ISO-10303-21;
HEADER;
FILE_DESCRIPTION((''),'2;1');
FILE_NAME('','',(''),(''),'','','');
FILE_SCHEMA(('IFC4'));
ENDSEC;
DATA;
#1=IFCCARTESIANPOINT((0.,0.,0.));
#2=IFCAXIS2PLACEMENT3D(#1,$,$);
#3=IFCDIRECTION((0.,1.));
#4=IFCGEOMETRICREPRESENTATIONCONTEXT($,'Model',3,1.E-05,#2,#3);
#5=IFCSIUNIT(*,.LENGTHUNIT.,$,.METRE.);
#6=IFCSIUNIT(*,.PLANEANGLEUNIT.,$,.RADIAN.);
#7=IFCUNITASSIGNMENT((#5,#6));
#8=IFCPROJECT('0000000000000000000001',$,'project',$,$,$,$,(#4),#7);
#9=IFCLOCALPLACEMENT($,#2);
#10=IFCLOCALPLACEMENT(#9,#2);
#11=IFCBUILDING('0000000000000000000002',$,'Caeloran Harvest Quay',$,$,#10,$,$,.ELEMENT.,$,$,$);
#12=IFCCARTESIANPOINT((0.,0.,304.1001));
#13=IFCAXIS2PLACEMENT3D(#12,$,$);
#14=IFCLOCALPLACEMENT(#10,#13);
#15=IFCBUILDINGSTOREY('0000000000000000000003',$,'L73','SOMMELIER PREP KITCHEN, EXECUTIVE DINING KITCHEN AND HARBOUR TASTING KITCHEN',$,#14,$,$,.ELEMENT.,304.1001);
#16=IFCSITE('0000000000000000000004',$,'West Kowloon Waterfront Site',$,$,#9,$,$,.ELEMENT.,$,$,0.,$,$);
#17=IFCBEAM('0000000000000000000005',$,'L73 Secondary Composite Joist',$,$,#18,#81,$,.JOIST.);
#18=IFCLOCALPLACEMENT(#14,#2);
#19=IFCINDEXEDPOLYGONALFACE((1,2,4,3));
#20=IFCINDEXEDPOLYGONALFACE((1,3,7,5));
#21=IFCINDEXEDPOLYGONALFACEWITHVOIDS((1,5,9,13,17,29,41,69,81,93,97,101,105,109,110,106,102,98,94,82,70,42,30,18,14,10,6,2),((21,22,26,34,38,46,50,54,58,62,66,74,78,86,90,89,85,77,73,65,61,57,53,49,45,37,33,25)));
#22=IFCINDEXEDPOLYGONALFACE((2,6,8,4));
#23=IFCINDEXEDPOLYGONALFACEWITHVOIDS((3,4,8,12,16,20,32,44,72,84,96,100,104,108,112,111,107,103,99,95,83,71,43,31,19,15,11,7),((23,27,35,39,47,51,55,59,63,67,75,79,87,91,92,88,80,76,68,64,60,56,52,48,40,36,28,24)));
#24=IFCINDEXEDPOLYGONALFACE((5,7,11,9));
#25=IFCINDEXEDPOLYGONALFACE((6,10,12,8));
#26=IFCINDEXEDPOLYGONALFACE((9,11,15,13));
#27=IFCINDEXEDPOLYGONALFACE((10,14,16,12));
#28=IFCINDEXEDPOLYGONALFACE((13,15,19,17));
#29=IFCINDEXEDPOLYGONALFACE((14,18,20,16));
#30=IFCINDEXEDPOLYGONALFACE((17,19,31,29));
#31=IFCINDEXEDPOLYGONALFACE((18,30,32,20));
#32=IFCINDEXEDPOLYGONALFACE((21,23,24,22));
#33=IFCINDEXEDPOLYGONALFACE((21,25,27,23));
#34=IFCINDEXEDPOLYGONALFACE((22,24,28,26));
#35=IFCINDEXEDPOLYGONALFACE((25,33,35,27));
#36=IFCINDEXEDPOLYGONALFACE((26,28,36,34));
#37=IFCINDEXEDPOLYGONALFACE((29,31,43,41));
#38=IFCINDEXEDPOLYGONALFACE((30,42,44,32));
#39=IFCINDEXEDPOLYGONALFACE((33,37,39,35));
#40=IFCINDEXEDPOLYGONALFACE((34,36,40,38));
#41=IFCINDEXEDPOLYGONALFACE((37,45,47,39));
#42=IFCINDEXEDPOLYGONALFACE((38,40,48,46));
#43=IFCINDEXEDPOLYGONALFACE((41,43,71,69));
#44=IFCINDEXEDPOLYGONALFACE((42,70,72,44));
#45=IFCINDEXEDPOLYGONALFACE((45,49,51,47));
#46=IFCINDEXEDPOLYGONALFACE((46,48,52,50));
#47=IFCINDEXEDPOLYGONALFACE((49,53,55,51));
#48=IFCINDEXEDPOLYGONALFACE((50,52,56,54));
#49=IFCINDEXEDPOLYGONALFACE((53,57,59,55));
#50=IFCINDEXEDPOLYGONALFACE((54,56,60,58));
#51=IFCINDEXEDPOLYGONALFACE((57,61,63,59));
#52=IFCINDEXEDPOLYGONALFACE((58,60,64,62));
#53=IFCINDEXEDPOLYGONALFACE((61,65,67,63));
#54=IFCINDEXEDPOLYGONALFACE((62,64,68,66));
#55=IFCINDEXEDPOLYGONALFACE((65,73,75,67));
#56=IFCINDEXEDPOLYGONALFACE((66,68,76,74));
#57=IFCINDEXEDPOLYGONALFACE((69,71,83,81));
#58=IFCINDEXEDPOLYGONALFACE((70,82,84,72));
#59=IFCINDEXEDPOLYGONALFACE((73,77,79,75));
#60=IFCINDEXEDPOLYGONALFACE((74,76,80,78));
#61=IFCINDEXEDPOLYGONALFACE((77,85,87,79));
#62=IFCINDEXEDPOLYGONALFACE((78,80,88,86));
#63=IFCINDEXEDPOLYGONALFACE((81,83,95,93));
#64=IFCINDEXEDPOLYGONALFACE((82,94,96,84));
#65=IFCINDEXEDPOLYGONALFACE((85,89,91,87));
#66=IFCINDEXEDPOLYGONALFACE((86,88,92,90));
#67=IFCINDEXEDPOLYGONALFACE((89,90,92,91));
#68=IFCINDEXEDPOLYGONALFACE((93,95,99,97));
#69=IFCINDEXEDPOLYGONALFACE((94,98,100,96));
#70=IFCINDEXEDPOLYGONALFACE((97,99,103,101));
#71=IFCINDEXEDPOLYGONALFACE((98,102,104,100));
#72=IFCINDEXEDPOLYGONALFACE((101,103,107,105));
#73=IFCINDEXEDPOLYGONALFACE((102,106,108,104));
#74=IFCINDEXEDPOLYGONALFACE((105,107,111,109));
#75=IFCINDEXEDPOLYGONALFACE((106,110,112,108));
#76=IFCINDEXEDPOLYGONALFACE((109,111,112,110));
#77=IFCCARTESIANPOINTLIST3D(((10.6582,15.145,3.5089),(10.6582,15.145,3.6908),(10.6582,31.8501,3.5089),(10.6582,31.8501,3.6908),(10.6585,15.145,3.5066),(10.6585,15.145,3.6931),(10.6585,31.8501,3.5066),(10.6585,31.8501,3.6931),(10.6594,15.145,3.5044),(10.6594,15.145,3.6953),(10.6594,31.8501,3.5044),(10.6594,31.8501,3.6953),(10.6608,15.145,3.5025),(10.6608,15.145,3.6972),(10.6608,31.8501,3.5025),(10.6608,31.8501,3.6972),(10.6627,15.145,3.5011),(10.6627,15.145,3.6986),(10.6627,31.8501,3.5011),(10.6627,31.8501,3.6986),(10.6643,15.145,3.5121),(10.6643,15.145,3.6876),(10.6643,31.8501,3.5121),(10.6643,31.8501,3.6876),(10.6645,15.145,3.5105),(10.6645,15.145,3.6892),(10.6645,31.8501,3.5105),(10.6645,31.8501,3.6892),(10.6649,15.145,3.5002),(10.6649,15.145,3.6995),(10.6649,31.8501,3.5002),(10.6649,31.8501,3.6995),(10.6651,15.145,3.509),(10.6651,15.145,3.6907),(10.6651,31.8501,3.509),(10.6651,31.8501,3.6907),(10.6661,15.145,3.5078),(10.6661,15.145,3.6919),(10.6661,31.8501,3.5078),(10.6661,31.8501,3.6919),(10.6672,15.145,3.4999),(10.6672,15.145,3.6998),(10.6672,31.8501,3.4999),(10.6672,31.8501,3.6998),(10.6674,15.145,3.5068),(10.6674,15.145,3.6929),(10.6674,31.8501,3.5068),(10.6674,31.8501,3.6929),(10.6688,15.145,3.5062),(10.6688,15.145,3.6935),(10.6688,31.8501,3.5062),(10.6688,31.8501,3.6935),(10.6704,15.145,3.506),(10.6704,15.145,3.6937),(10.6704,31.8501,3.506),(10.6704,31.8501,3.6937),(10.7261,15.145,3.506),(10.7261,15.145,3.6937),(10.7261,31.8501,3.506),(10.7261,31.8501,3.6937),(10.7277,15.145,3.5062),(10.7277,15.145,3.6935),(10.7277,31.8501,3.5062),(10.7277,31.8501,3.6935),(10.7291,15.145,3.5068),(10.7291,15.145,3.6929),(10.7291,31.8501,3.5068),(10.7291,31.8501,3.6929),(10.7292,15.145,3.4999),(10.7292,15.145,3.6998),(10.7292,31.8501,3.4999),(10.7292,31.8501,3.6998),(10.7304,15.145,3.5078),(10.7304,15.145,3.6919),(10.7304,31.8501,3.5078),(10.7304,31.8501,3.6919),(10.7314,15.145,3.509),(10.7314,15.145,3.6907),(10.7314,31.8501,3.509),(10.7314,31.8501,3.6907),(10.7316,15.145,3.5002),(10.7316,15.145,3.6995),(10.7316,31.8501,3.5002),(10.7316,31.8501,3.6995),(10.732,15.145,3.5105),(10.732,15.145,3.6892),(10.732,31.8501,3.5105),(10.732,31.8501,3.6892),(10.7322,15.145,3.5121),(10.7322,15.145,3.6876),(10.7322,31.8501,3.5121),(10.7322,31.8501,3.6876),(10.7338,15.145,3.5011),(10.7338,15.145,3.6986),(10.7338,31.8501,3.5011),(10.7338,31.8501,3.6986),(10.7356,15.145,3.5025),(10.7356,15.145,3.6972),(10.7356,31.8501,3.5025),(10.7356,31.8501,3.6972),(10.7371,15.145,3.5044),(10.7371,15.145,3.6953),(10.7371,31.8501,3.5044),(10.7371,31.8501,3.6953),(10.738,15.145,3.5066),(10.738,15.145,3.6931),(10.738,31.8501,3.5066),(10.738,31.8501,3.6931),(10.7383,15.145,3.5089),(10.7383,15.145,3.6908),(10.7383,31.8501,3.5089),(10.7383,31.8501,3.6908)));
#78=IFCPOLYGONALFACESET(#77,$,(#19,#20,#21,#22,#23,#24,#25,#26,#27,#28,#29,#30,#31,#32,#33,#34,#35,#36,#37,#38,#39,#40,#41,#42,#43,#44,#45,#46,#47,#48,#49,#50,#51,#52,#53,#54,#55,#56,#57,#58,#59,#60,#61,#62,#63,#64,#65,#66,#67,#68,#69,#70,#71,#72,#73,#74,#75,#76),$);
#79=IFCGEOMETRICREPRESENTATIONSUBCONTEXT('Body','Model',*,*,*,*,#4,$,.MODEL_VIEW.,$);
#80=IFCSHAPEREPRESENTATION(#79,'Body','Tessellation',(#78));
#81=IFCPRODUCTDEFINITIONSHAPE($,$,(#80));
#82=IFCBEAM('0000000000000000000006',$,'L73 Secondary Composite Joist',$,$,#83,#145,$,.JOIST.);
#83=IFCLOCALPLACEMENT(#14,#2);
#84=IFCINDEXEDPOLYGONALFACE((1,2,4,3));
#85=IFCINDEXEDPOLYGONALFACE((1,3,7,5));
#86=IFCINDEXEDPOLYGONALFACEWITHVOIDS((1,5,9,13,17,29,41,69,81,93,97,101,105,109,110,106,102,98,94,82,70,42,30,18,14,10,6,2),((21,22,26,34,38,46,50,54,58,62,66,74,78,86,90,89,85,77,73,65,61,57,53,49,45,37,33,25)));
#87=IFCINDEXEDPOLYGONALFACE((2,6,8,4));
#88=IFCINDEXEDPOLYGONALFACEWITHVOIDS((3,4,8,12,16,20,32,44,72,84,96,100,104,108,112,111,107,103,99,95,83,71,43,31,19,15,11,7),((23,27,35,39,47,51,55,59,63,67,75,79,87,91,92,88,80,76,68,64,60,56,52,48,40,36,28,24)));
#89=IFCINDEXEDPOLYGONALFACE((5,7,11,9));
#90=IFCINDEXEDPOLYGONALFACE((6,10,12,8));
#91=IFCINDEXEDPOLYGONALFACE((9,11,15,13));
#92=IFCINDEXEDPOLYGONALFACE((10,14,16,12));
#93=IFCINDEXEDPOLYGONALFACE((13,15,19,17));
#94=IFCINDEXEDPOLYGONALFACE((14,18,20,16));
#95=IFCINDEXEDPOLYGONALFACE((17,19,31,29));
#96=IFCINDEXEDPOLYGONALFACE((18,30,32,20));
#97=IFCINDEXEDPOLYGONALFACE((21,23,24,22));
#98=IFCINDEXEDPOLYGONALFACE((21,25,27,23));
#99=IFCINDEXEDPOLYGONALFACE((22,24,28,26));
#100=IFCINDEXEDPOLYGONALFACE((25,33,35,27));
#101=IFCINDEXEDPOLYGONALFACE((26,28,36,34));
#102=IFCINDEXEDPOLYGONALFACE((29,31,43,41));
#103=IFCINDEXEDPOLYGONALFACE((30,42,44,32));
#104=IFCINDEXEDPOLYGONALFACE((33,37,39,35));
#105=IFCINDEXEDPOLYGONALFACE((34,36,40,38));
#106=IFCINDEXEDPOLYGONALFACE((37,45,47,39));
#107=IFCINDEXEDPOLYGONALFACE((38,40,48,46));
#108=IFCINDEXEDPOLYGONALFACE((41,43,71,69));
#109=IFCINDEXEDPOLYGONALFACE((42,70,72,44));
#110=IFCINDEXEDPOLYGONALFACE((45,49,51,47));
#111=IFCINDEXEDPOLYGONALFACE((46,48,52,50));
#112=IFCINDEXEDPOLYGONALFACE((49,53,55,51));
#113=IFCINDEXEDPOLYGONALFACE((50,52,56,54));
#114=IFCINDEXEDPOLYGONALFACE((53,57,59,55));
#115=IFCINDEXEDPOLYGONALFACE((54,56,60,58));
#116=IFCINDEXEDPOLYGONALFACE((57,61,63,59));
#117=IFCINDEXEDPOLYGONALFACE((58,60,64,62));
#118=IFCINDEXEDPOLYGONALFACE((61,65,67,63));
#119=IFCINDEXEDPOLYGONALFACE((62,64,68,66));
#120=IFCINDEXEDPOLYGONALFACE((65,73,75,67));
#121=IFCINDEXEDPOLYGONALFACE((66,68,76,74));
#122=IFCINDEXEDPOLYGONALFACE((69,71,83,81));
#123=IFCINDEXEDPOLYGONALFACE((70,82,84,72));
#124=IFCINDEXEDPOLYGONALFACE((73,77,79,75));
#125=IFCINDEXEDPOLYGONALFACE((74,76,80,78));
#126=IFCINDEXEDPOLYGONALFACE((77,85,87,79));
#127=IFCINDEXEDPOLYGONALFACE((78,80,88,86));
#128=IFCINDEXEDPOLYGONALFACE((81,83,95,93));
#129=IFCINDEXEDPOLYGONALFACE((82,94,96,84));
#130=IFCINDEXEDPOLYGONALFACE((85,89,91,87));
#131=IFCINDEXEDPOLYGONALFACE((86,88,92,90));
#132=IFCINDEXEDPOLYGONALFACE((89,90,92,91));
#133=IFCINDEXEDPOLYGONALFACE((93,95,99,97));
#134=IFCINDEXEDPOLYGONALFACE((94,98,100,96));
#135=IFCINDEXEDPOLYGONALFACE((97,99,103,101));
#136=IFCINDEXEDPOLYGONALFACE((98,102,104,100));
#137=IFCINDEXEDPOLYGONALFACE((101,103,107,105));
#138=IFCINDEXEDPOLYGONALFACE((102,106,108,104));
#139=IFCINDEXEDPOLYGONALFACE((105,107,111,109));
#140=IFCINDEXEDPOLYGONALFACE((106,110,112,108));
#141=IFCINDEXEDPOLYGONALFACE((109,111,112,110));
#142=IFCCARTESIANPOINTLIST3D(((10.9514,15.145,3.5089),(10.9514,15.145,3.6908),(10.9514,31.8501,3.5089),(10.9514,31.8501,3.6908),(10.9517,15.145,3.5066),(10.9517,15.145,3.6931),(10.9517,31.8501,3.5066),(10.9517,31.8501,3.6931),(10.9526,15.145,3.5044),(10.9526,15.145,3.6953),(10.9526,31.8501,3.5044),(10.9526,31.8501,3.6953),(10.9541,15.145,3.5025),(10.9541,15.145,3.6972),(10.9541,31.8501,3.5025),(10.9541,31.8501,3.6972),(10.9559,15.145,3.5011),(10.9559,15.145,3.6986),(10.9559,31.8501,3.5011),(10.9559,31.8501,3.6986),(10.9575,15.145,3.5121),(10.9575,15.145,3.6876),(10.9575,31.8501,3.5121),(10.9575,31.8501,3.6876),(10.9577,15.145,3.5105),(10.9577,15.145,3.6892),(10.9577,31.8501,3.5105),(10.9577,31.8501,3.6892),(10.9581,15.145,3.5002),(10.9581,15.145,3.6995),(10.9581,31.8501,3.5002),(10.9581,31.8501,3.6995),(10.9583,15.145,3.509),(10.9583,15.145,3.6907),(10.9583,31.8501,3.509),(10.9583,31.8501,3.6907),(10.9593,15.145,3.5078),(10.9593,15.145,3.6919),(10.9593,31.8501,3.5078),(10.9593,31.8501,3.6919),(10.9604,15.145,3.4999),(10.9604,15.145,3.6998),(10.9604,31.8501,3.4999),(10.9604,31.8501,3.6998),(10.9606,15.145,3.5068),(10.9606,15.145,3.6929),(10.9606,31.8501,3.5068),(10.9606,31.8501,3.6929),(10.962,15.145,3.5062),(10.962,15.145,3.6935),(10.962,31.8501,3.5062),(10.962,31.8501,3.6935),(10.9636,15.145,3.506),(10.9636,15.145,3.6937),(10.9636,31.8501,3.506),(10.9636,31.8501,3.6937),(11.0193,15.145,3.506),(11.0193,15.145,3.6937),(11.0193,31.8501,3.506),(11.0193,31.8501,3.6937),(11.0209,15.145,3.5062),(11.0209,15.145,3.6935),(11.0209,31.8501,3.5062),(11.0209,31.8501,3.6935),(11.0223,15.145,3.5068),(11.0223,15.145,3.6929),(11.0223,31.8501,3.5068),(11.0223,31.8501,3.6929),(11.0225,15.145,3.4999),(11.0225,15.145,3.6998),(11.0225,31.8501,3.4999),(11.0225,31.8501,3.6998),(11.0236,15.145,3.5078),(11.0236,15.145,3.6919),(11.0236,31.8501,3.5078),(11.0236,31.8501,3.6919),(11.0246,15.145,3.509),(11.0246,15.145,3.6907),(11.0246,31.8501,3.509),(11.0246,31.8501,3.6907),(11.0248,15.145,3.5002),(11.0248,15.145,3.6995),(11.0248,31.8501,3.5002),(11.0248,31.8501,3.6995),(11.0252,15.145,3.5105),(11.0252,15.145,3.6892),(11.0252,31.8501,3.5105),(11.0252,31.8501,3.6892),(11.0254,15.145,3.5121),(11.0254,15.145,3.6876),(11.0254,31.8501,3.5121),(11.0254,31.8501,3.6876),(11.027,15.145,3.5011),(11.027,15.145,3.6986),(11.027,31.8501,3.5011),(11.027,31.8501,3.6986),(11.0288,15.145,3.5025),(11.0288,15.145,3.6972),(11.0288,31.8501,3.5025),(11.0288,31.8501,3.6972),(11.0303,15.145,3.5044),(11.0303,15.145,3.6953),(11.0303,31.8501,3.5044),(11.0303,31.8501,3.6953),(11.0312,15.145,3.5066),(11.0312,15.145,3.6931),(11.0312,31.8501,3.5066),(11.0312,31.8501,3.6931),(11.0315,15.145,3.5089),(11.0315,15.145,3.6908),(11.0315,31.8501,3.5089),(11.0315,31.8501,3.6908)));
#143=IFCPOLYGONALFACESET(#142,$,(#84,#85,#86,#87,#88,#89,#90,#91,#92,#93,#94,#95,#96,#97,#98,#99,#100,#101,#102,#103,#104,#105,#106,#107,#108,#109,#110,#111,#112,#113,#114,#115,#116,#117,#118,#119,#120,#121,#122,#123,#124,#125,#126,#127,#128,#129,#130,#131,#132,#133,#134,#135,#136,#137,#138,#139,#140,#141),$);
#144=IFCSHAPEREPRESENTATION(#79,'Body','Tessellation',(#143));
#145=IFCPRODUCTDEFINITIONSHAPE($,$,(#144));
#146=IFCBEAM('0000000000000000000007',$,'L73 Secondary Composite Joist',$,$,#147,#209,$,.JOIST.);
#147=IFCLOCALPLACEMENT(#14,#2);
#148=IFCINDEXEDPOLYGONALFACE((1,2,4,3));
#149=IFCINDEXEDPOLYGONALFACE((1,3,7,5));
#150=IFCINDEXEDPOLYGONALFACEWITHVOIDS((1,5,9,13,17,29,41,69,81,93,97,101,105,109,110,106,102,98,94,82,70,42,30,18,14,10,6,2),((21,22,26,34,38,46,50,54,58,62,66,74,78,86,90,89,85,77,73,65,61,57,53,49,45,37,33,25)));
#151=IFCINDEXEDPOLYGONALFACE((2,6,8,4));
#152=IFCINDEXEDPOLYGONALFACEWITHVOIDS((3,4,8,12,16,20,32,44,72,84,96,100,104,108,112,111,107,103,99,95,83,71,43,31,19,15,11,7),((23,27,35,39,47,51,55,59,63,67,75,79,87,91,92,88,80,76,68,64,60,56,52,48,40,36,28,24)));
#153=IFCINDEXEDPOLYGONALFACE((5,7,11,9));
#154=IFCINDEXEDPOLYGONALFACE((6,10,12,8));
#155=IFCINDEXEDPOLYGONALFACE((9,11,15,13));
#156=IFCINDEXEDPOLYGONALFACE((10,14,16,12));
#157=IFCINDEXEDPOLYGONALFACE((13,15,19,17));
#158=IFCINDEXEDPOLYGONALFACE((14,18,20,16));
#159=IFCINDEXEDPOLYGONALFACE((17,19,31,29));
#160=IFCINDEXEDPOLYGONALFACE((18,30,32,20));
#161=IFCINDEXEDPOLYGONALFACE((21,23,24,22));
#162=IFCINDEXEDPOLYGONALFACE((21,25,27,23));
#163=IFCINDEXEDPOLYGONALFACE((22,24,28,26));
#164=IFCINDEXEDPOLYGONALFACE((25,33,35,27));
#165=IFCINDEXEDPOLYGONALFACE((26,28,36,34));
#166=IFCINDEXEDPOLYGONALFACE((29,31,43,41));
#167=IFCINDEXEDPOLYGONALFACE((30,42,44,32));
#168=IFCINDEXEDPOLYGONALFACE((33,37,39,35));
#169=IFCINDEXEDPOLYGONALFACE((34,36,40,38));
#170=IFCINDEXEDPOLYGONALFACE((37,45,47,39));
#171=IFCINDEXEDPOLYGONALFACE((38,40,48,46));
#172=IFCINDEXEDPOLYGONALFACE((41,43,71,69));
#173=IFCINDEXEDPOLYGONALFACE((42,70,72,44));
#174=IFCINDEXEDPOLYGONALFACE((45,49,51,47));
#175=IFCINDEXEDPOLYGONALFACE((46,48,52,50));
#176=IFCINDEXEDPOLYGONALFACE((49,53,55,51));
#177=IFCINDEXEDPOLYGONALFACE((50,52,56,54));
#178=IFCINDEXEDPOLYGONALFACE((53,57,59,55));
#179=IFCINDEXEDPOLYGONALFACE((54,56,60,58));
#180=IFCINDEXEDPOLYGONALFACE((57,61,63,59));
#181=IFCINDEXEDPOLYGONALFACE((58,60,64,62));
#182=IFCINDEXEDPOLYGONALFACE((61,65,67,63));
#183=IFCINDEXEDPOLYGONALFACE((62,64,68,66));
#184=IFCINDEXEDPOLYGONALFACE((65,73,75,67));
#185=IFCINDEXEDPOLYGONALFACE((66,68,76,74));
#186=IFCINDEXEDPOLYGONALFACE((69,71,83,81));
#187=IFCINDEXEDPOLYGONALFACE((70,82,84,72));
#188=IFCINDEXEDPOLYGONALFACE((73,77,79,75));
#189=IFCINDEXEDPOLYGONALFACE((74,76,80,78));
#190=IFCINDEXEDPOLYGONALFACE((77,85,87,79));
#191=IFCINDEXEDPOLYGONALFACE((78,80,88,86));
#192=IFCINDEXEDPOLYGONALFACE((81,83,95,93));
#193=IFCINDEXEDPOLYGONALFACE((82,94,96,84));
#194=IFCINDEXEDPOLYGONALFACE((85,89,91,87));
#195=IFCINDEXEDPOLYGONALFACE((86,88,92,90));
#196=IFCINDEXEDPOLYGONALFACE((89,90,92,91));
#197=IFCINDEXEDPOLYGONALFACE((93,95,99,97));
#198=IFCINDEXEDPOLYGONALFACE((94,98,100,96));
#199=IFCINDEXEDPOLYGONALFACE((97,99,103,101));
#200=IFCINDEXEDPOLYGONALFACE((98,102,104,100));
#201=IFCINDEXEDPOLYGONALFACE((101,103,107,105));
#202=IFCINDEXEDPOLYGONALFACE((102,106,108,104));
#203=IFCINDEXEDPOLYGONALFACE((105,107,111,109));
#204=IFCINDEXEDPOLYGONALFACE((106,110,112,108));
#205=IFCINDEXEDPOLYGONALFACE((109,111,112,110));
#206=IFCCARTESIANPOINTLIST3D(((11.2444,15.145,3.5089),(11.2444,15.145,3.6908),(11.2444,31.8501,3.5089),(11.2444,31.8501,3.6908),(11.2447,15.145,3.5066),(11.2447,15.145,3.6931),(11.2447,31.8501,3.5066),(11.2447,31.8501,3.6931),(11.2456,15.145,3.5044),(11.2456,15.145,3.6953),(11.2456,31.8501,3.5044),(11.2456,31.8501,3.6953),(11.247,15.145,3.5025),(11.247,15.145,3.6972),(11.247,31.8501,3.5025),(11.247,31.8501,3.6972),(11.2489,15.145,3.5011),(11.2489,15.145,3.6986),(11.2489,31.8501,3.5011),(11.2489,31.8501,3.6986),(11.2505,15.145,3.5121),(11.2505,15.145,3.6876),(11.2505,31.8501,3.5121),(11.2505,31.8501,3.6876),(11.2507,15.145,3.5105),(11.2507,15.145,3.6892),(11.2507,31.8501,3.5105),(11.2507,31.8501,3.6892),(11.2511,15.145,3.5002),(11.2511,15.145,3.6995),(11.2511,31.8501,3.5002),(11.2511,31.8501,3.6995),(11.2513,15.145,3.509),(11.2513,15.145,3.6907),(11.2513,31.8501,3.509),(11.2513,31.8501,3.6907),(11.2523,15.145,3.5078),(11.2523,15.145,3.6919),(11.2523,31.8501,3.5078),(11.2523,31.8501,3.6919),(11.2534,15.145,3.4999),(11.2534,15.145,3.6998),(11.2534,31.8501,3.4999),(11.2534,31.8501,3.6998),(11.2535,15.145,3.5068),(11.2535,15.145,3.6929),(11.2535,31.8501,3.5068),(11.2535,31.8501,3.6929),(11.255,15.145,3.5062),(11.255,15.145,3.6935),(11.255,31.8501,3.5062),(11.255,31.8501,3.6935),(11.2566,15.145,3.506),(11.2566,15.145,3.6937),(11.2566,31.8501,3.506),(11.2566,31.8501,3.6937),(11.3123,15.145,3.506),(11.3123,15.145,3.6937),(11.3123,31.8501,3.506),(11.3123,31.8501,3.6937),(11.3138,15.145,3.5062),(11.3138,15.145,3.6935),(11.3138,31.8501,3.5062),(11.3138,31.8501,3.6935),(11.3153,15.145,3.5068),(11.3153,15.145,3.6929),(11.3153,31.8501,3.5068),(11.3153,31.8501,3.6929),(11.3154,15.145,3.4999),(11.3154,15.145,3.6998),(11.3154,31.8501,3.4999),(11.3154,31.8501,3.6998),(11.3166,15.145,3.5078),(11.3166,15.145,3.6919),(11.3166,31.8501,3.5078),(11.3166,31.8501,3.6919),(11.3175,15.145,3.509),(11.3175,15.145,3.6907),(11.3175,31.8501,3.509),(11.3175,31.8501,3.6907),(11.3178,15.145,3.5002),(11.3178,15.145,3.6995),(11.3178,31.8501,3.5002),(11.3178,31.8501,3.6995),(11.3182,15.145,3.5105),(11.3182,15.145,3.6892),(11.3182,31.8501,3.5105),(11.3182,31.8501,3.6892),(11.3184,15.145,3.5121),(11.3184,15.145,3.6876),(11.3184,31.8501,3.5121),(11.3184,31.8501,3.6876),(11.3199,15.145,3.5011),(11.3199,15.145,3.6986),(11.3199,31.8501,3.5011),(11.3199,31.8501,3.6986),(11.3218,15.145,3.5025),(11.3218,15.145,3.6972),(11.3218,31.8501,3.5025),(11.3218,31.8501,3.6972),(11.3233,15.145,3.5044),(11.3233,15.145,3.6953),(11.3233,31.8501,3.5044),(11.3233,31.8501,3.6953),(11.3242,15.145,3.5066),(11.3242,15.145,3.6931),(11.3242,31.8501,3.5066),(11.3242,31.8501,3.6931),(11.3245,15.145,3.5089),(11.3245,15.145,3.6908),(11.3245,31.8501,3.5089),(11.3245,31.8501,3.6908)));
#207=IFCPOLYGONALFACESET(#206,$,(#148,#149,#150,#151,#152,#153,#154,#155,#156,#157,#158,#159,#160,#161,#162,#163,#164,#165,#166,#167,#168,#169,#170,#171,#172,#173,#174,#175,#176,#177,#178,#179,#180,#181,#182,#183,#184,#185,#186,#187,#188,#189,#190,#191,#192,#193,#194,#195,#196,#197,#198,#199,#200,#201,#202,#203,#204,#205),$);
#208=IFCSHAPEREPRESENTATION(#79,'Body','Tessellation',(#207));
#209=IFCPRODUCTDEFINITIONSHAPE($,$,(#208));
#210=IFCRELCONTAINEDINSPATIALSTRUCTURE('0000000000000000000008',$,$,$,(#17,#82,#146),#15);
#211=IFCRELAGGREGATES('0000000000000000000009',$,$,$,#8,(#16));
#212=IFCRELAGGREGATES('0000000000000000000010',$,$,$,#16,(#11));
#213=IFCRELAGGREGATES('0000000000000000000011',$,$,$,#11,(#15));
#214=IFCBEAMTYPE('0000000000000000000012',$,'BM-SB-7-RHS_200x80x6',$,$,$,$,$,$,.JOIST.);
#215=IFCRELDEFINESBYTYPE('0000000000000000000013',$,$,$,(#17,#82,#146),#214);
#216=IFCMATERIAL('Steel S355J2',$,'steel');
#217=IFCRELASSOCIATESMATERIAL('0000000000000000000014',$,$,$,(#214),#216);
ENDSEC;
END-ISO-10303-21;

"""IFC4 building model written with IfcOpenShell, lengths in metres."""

from ifc_helpers import new_model, si_unit, direction, frame, origin, origin_2d, place, context, subcontext, project, spatial, hollow_rectangle, extrude, material, material_profile, profile_set, type_object, element, save


model = new_model("IFC4")

# Units and contexts
model_context = context("Model", 3, precision=1e-05, world=origin(), true_north=direction((0.0, 1.0)))
body_context = subcontext(model_context, "Body", "Model", "MODEL_VIEW")
ifc_project = project(units=[si_unit("LENGTHUNIT", "METRE"), si_unit("PLANEANGLEUNIT", "RADIAN")], contexts=[model_context])

# Site, building, storey
site_placement = place(None, origin())
site = spatial("IfcSite", under=ifc_project, at=site_placement, Name="West Kowloon Waterfront Site", CompositionType="ELEMENT", RefElevation=0.0)
building_placement = place(site_placement, origin())
building = spatial("IfcBuilding", under=site, at=building_placement, Name="Caeloran Harvest Quay", CompositionType="ELEMENT")
storey_placement = place(building_placement, frame((0.0, 0.0, 304.1001)))
storey = spatial("IfcBuildingStorey", under=building, at=storey_placement, Name="L73", Description="SOMMELIER PREP KITCHEN, EXECUTIVE DINING KITCHEN AND HARBOUR TASTING KITCHEN", CompositionType="ELEMENT", Elevation=304.1001)

# Beams
ifc_material_1 = material(Name="Steel S355J2", Category="steel")
ifc_material_profile_1 = material_profile(ifc_material_1, hollow_rectangle(XDim=0.0801, YDim=0.2, WallThickness=0.0061, InnerFilletRadius=0.0061, OuterFilletRadius=0.009, at=origin_2d()), Name="RHS 200x80x6")
ifc_profile_set_1 = profile_set([ifc_material_profile_1], Name="Steel S355J2")
beam_type_1 = type_object("IfcBeamType", Name="BM-SB-7-RHS_200x80x6", PredefinedType="JOIST", material=ifc_profile_set_1)
for number, where, z_axis, x_axis, name in (
    (1, (10.6982, 15.145, 3.5999), (0.0, 1.0, 0.0), (-1.0, 0.0, 0.0), "L73 Secondary Composite Joist"),
    (2, (10.9915, 15.145, 3.5999), (0.0, 1.0, 0.0), (-1.0, 0.0, 0.0), "L73 Secondary Composite Joist"),
    (3, (11.2844, 15.145, 3.5999), (0.0, 1.0, 0.0), (-1.0, 0.0, 0.0), "L73 Secondary Composite Joist"),
):
    element("IfcBeam", number, at=place(storey_placement, frame(where, z_axis=z_axis, x_axis=x_axis)), inside=storey, type_object=beam_type_1, Name=name, PredefinedType="JOIST", context=body_context, shape_type="SweptSolid", body=[
        extrude(hollow_rectangle(XDim=0.0801, YDim=0.2, WallThickness=0.0061, InnerFilletRadius=0.0061, OuterFilletRadius=0.009, at=origin_2d()), origin(), (0.0, 0.0, 1.0), 16.7051),
    ])

save(model, "model.ifc")
